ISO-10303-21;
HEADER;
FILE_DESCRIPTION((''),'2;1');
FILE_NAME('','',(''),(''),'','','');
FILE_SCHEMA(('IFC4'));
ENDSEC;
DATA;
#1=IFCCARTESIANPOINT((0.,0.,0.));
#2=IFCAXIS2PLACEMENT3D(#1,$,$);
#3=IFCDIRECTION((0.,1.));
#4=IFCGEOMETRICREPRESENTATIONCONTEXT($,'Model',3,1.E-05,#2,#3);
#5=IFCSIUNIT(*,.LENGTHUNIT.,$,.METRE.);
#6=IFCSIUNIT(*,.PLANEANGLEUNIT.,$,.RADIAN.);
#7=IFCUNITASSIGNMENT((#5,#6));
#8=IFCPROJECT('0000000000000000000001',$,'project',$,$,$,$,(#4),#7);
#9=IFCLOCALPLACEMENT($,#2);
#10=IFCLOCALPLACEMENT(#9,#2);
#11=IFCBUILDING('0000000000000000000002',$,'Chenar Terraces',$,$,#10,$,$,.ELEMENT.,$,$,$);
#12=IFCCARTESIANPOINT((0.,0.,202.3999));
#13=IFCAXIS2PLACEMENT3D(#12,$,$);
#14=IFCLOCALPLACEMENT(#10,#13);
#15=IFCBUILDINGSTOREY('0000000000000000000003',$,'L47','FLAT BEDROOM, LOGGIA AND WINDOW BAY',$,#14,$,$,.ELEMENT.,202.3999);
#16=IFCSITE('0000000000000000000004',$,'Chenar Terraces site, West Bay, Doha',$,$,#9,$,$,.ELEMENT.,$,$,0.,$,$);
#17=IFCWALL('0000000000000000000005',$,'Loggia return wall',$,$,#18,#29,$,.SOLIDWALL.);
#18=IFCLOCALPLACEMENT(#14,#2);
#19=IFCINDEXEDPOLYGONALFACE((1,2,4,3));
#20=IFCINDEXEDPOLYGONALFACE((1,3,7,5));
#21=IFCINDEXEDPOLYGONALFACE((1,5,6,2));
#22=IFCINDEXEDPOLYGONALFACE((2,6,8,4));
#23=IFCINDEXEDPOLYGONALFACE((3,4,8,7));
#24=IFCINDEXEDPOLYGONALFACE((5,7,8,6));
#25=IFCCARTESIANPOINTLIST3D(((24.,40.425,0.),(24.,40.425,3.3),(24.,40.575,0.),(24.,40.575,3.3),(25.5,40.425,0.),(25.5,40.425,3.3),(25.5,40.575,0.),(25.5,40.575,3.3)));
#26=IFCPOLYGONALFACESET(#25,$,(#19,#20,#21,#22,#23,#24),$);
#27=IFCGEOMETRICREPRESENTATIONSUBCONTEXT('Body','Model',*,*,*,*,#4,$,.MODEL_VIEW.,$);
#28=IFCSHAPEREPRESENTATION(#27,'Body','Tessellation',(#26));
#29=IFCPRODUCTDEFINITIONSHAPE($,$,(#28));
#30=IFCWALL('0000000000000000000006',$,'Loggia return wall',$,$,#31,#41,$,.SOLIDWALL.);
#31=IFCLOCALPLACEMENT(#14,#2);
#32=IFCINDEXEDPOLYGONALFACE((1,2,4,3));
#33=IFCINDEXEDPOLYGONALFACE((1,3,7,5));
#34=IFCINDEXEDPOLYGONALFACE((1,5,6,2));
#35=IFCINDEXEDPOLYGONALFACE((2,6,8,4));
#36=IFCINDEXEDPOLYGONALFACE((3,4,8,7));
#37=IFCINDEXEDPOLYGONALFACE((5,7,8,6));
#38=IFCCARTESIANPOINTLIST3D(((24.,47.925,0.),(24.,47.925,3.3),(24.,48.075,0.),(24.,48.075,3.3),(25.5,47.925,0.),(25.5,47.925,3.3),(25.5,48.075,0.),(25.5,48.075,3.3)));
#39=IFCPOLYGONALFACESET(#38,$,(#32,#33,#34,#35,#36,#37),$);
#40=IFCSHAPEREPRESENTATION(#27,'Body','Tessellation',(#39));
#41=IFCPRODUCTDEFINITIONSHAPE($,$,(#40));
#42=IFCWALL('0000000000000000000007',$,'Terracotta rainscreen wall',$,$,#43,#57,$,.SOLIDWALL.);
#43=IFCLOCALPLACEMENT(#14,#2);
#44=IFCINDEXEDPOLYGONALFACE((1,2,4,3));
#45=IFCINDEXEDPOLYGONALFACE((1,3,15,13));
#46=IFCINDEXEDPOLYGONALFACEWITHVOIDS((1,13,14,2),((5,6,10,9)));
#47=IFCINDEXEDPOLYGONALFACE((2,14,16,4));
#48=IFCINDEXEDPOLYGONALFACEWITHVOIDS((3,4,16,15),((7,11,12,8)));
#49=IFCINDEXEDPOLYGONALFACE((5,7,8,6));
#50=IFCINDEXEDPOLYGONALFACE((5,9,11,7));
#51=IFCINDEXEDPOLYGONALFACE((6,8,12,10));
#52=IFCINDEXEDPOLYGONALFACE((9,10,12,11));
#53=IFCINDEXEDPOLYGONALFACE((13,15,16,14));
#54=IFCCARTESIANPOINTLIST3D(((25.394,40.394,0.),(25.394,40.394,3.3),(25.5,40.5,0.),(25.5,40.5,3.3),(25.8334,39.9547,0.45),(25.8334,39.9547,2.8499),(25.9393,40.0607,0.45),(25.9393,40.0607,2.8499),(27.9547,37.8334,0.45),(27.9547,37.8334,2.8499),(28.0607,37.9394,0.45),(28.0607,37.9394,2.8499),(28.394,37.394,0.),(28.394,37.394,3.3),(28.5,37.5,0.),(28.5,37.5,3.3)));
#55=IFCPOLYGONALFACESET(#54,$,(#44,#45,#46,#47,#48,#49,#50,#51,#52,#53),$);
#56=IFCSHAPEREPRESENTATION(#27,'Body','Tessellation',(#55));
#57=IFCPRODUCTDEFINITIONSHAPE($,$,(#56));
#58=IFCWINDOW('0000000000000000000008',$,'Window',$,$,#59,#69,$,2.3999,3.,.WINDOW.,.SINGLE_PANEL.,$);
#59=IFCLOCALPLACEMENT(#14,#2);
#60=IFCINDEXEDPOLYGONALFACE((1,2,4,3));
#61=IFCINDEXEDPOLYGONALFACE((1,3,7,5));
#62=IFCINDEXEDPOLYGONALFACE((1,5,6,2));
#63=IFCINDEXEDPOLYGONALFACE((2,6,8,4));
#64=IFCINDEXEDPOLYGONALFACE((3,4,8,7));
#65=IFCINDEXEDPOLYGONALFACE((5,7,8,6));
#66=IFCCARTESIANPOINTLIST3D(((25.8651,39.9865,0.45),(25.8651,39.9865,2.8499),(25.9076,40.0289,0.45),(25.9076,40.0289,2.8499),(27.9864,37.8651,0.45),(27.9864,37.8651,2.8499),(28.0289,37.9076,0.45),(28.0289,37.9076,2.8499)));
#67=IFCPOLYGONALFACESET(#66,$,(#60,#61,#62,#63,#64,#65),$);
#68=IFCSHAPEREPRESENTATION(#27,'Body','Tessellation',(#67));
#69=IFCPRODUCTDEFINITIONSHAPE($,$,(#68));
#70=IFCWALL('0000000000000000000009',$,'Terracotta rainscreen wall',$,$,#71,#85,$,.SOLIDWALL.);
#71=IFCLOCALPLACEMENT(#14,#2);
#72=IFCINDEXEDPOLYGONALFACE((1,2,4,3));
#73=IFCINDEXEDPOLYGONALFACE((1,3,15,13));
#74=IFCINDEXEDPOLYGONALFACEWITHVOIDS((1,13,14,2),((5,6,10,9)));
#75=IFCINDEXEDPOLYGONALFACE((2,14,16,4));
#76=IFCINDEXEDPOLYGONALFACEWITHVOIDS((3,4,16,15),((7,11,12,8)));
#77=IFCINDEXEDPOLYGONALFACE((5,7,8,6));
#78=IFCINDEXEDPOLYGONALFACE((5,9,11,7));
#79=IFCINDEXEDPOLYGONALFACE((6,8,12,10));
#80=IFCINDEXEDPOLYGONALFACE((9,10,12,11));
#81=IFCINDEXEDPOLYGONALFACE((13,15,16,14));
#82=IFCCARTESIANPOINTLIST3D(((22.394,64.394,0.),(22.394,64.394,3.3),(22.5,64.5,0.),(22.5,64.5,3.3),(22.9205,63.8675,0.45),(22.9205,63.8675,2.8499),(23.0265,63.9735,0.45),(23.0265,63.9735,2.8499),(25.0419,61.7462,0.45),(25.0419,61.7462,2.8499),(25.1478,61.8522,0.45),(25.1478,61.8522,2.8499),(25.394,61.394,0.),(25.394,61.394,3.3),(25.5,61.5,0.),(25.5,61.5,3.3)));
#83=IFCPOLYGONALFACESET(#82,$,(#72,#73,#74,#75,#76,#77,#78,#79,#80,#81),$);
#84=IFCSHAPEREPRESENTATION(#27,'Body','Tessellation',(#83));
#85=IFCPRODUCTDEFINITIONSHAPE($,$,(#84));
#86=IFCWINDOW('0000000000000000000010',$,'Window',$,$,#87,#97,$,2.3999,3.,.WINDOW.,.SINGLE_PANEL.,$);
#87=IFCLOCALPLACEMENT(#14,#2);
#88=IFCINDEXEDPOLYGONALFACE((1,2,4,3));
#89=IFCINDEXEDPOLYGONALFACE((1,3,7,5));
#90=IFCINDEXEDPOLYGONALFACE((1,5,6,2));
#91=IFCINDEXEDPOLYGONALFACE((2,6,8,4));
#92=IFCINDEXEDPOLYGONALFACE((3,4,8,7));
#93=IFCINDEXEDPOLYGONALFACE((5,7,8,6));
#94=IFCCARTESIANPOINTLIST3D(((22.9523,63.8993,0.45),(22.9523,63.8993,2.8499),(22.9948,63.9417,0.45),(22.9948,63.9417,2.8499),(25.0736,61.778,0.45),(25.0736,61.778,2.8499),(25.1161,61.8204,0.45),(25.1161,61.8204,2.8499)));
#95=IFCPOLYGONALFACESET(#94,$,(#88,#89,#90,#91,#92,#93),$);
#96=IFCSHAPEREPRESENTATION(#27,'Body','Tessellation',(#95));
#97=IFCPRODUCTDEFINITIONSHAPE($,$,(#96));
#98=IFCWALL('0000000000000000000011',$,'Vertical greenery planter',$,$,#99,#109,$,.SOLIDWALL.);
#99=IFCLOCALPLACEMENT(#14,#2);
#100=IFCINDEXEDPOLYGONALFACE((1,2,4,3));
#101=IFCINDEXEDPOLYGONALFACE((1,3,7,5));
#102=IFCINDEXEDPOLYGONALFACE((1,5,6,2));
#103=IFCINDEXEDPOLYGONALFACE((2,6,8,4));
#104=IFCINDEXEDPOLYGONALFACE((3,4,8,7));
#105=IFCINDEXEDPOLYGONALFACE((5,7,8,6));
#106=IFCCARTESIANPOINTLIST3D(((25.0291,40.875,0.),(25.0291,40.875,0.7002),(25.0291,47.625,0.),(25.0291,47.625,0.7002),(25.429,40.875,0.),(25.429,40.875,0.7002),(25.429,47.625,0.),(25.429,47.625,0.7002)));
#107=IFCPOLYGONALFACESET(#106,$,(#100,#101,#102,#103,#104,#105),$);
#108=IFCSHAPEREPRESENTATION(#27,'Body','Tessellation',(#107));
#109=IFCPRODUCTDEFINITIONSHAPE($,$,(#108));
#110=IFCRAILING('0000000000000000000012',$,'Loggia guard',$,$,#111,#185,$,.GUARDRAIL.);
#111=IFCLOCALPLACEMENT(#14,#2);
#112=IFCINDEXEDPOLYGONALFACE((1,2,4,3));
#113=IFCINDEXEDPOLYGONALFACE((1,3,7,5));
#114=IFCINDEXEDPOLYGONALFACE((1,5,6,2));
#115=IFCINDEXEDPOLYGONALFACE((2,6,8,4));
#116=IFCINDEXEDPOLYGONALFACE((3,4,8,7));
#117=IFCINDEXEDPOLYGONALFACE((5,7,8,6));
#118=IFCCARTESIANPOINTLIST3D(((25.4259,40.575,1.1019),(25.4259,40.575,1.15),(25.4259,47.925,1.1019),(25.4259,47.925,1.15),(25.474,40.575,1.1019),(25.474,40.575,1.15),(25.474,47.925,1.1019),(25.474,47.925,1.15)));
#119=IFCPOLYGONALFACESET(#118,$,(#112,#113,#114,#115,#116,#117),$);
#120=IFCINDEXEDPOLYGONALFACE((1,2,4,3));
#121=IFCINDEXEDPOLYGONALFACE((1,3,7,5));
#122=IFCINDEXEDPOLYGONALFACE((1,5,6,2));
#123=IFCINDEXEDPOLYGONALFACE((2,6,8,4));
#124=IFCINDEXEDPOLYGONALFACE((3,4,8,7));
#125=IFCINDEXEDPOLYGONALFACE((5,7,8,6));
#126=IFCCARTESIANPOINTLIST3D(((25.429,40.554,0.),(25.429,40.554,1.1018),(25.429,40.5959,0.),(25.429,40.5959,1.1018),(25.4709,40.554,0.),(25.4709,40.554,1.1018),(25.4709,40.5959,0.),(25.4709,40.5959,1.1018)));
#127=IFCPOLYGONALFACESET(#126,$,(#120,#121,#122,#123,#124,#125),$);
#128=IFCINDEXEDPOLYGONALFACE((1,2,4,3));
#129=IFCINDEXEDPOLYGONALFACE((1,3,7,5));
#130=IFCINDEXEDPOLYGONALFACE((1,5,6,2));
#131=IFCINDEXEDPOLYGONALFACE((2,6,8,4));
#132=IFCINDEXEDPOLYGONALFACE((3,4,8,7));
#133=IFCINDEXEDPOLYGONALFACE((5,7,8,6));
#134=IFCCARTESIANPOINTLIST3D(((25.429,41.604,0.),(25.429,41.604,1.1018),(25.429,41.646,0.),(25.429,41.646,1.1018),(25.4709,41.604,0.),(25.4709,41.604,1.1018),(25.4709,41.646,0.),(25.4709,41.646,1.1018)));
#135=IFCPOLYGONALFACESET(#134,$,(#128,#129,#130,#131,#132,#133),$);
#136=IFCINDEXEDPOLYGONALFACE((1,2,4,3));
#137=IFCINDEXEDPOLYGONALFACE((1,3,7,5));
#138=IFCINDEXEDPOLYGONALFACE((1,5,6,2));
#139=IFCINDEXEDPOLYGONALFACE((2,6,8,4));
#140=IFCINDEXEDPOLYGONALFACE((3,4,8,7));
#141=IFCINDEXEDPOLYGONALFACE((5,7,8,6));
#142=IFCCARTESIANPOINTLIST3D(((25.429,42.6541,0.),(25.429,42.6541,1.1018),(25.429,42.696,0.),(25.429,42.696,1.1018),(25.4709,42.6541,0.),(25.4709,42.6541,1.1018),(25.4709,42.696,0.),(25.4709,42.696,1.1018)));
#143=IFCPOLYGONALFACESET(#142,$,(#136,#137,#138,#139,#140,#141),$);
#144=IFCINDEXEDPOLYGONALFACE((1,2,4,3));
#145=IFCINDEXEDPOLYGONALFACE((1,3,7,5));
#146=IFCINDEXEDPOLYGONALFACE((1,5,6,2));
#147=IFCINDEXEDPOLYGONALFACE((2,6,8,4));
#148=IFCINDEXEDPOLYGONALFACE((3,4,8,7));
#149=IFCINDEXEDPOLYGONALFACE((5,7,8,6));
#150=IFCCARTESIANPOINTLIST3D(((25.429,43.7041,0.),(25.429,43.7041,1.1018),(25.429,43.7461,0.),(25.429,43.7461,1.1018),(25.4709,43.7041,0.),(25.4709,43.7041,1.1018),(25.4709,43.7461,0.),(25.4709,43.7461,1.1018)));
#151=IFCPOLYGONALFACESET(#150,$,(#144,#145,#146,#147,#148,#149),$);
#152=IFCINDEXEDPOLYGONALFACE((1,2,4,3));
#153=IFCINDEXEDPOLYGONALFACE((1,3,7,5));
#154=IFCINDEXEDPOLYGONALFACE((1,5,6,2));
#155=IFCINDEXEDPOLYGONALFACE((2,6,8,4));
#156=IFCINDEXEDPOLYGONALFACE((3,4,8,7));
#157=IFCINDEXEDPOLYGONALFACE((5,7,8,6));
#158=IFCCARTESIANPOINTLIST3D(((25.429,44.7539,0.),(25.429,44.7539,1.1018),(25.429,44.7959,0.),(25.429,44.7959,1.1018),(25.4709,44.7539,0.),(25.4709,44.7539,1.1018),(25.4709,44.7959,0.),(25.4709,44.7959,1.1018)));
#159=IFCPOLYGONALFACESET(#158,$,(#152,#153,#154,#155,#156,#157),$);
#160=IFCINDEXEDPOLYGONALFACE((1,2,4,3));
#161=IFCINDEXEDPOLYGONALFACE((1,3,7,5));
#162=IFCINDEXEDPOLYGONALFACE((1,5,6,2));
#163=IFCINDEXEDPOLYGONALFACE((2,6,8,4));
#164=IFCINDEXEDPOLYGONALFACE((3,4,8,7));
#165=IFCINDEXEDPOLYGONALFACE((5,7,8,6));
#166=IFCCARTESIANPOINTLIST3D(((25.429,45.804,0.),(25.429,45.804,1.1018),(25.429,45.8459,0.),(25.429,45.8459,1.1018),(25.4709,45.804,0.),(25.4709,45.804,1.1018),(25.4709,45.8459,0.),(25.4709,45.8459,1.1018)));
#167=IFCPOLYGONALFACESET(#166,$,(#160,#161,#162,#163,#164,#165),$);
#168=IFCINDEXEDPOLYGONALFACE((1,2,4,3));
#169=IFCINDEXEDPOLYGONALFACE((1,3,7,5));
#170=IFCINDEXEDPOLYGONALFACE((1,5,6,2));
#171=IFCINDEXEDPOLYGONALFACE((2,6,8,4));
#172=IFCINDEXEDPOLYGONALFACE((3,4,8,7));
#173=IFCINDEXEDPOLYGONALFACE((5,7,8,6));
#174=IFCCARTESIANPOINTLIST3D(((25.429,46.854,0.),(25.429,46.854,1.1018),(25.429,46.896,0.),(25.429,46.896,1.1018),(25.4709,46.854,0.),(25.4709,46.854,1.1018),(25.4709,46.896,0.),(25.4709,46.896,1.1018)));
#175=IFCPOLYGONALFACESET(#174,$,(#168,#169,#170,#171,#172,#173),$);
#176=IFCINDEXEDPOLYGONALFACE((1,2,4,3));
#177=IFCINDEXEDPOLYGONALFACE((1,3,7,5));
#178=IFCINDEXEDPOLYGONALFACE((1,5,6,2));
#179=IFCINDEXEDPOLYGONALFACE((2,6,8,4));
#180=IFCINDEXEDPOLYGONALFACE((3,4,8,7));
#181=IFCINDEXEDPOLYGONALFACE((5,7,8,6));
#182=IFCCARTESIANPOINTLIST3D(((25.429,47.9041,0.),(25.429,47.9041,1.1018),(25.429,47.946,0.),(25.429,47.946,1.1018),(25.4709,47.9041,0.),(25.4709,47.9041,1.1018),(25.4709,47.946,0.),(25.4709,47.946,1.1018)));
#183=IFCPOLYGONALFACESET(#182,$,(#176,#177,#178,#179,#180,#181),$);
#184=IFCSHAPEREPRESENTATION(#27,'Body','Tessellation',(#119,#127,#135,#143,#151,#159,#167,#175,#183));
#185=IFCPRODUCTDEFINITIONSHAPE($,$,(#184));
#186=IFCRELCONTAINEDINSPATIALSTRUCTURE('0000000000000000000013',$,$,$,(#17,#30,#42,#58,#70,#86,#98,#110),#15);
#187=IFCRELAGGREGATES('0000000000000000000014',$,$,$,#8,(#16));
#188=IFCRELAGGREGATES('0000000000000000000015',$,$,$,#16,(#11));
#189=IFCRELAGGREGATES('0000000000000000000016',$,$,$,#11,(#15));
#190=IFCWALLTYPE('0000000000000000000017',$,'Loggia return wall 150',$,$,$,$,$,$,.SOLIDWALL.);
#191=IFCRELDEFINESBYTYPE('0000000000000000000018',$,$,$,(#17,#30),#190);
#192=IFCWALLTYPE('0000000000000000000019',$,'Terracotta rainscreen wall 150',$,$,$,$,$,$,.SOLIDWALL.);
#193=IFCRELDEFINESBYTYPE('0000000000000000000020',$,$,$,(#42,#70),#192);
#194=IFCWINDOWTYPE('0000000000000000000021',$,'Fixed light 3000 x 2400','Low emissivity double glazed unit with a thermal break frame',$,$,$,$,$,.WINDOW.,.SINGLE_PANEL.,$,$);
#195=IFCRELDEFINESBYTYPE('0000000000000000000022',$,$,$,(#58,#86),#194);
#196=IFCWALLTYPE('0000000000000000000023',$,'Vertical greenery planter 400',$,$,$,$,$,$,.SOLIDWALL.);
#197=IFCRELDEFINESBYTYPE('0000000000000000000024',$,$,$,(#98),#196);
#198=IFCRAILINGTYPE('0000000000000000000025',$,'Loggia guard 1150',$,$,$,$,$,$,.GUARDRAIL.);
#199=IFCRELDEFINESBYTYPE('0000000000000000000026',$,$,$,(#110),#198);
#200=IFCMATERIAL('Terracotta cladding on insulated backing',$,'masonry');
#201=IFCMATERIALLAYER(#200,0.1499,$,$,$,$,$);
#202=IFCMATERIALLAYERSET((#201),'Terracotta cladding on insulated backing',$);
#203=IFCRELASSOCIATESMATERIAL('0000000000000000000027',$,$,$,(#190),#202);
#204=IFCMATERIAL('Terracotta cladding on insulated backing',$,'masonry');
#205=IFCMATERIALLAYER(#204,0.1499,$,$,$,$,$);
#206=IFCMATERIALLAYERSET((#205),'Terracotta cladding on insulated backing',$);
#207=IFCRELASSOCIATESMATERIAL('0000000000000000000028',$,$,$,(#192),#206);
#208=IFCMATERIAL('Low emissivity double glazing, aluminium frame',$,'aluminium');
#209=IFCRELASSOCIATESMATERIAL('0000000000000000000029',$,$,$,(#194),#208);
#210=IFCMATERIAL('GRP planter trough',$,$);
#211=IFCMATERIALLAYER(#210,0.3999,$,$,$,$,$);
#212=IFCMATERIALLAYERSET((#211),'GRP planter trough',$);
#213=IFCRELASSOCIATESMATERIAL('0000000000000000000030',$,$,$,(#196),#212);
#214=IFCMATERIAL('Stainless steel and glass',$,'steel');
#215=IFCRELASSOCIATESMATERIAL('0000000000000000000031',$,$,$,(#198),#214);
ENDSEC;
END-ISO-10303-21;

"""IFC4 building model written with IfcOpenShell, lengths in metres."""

from ifc_helpers import new_model, si_unit, direction, frame, frame_2d, origin, origin_2d, place, context, subcontext, project, spatial, rectangle, extrude, material, layer, layer_set, type_object, element, fill, save


model = new_model("IFC4")

# Units and contexts
model_context = context("Model", 3, precision=1e-05, world=origin(), true_north=direction((0.0, 1.0)))
body_context = subcontext(model_context, "Body", "Model", "MODEL_VIEW")
ifc_project = project(units=[si_unit("LENGTHUNIT", "METRE"), si_unit("PLANEANGLEUNIT", "RADIAN")], contexts=[model_context])

# Site, building, storey
site_placement = place(None, origin())
site = spatial("IfcSite", under=ifc_project, at=site_placement, Name="Chenar Terraces site, West Bay, Doha", CompositionType="ELEMENT", RefElevation=0.0)
building_placement = place(site_placement, origin())
building = spatial("IfcBuilding", under=site, at=building_placement, Name="Chenar Terraces", CompositionType="ELEMENT")
storey_placement = place(building_placement, frame((0.0, 0.0, 202.3999)))
storey = spatial("IfcBuildingStorey", under=building, at=storey_placement, Name="L47", Description="FLAT BEDROOM, LOGGIA AND WINDOW BAY", CompositionType="ELEMENT", Elevation=202.3999)

# Walls
ifc_material_1 = material(Name="Terracotta cladding on insulated backing", Category="masonry")
ifc_layer_1 = layer(ifc_material_1, 0.1499)
ifc_layer_set_1 = layer_set([ifc_layer_1], Name="Terracotta cladding on insulated backing")
wall_type_1 = type_object("IfcWallType", Name="Loggia return wall 150", PredefinedType="SOLIDWALL", material=ifc_layer_set_1)
for number, where, z_axis, x_axis, name in (
    (1, (25.5, 40.5, 0.0), (0.0, 0.0, 1.0), (-1.0, 0.0, 0.0), "Loggia return wall"),
    (2, (25.5, 48.0, 0.0), (0.0, 0.0, 1.0), (-1.0, 0.0, 0.0), "Loggia return wall"),
):
    element("IfcWall", number, at=place(storey_placement, frame(where, z_axis=z_axis, x_axis=x_axis)), inside=storey, type_object=wall_type_1, Name=name, PredefinedType="SOLIDWALL", context=body_context, shape_type="SweptSolid", body=[
        extrude(rectangle(XDim=1.5, YDim=0.1499, at=frame_2d((0.75, 0.0))), origin(), (0.0, 0.0, 1.0), 3.3),
    ])

# Walls, openings, windows
ifc_material_2 = material(Name="Terracotta cladding on insulated backing", Category="masonry")
ifc_layer_2 = layer(ifc_material_2, 0.1499)
ifc_layer_set_2 = layer_set([ifc_layer_2], Name="Terracotta cladding on insulated backing")
wall_type_2 = type_object("IfcWallType", Name="Terracotta rainscreen wall 150", PredefinedType="SOLIDWALL", material=ifc_layer_set_2)
wall_1_placement = place(storey_placement, frame((28.447, 37.447, 0.0), z_axis=(0.0, 0.0, 1.0), x_axis=(-0.707107, 0.707107, 0.0)))
wall_1 = element("IfcWall", 3, at=wall_1_placement, inside=storey, type_object=wall_type_2, Name="Terracotta rainscreen wall", PredefinedType="SOLIDWALL", context=body_context, shape_type="SweptSolid", body=[
    extrude(rectangle(XDim=4.2427, YDim=0.1499, at=frame_2d((2.1213, 0.0))), origin(), (0.0, 0.0, 1.0), 3.3),
])
opening_1_placement = place(wall_1_placement, frame((0.6213, 0.0, 0.45)))
opening_1 = element("IfcOpeningElement", 4, at=opening_1_placement, cuts=wall_1, PredefinedType="OPENING", context=body_context, shape_type="SweptSolid", body=[
    extrude(rectangle(XDim=3.0, YDim=2.3999, at=frame_2d((1.5, 1.2))), frame((0.0, 0.085, 0.0), z_axis=(0.0, -1.0, 0.0), x_axis=(1.0, 0.0, 0.0)), (0.0, 0.0, 1.0), 0.1699),
])
ifc_material_3 = material(Name="Low emissivity double glazing, aluminium frame", Category="aluminium")
window_type_1 = type_object("IfcWindowType", Name="Fixed light 3000 x 2400", Description="Low emissivity double glazed unit with a thermal break frame", PartitioningType="SINGLE_PANEL", PredefinedType="WINDOW", material=ifc_material_3)
window_1_placement = place(opening_1_placement, origin())
window_1 = element("IfcWindow", 5, at=window_1_placement, inside=storey, type_object=window_type_1, Name="Window", OverallHeight=2.3999, OverallWidth=3.0, PartitioningType="SINGLE_PANEL", PredefinedType="WINDOW", context=body_context, shape_type="SweptSolid", body=[
    extrude(rectangle(XDim=3.0, YDim=2.3999, at=frame_2d((1.5, 1.2))), frame((0.0, 0.03, 0.0), z_axis=(0.0, -1.0, 0.0), x_axis=(1.0, 0.0, 0.0)), (0.0, 0.0, 1.0), 0.0601),
])
fill(opening_1, window_1)
wall_2_placement = place(storey_placement, frame((25.447, 61.447, 0.0), z_axis=(0.0, 0.0, 1.0), x_axis=(-0.707107, 0.707107, 0.0)))
wall_2 = element("IfcWall", 6, at=wall_2_placement, inside=storey, type_object=wall_type_2, Name="Terracotta rainscreen wall", PredefinedType="SOLIDWALL", context=body_context, shape_type="SweptSolid", body=[
    extrude(rectangle(XDim=4.2427, YDim=0.1499, at=frame_2d((2.1213, 0.0))), origin(), (0.0, 0.0, 1.0), 3.3),
])
opening_2_placement = place(wall_2_placement, frame((0.498, 0.0, 0.45)))
opening_2 = element("IfcOpeningElement", 7, at=opening_2_placement, cuts=wall_2, PredefinedType="OPENING", context=body_context, shape_type="SweptSolid", body=[
    extrude(rectangle(XDim=3.0, YDim=2.3999, at=frame_2d((1.5, 1.2))), frame((0.0, 0.085, 0.0), z_axis=(0.0, -1.0, 0.0), x_axis=(1.0, 0.0, 0.0)), (0.0, 0.0, 1.0), 0.1699),
])
window_2_placement = place(opening_2_placement, origin())
window_2 = element("IfcWindow", 8, at=window_2_placement, inside=storey, type_object=window_type_1, Name="Window", OverallHeight=2.3999, OverallWidth=3.0, PartitioningType="SINGLE_PANEL", PredefinedType="WINDOW", context=body_context, shape_type="SweptSolid", body=[
    extrude(rectangle(XDim=3.0, YDim=2.3999, at=frame_2d((1.5, 1.2))), frame((0.0, 0.03, 0.0), z_axis=(0.0, -1.0, 0.0), x_axis=(1.0, 0.0, 0.0)), (0.0, 0.0, 1.0), 0.0601),
])
fill(opening_2, window_2)

# Wall
ifc_material_4 = material(Name="GRP planter trough")
ifc_layer_3 = layer(ifc_material_4, 0.3999)
ifc_layer_set_3 = layer_set([ifc_layer_3], Name="GRP planter trough")
wall_type_3 = type_object("IfcWallType", Name="Vertical greenery planter 400", PredefinedType="SOLIDWALL", material=ifc_layer_set_3)
wall_3_placement = place(storey_placement, frame((25.229, 40.875, 0.0), z_axis=(0.0, 0.0, 1.0), x_axis=(0.0, 1.0, 0.0)))
element("IfcWall", 9, at=wall_3_placement, inside=storey, type_object=wall_type_3, Name="Vertical greenery planter", PredefinedType="SOLIDWALL", context=body_context, shape_type="SweptSolid", body=[
    extrude(rectangle(XDim=6.75, YDim=0.3999, at=frame_2d((3.375, 0.0))), origin(), (0.0, 0.0, 1.0), 0.7002),
])

# Railing
ifc_material_5 = material(Name="Stainless steel and glass", Category="steel")
railing_type = type_object("IfcRailingType", Name="Loggia guard 1150", PredefinedType="GUARDRAIL", material=ifc_material_5)
railing_placement = place(storey_placement, frame((25.45, 40.575, 0.0)))
element("IfcRailing", 10, at=railing_placement, inside=storey, type_object=railing_type, Name="Loggia guard", PredefinedType="GUARDRAIL", context=body_context, shape_type="SweptSolid", body=[
    extrude(rectangle(XDim=0.0481, YDim=0.0481, at=origin_2d()), frame((0.0, 0.0, 1.126), z_axis=(0.0, 1.0, 0.0), x_axis=(-1.0, 0.0, 0.0)), (0.0, 0.0, 1.0), 7.3501),
    extrude(rectangle(XDim=0.042, YDim=0.042, at=origin_2d()), origin(), (0.0, 0.0, 1.0), 1.1018),
    extrude(rectangle(XDim=0.042, YDim=0.042, at=origin_2d()), frame((0.0, 1.05, 0.0)), (0.0, 0.0, 1.0), 1.1018),
    extrude(rectangle(XDim=0.042, YDim=0.042, at=origin_2d()), frame((0.0, 2.1001, 0.0)), (0.0, 0.0, 1.0), 1.1018),
    extrude(rectangle(XDim=0.042, YDim=0.042, at=origin_2d()), frame((0.0, 3.1501, 0.0)), (0.0, 0.0, 1.0), 1.1018),
    extrude(rectangle(XDim=0.042, YDim=0.042, at=origin_2d()), frame((0.0, 4.2, 0.0)), (0.0, 0.0, 1.0), 1.1018),
    extrude(rectangle(XDim=0.042, YDim=0.042, at=origin_2d()), frame((0.0, 5.25, 0.0)), (0.0, 0.0, 1.0), 1.1018),
    extrude(rectangle(XDim=0.042, YDim=0.042, at=origin_2d()), frame((0.0, 6.3, 0.0)), (0.0, 0.0, 1.0), 1.1018),
    extrude(rectangle(XDim=0.042, YDim=0.042, at=origin_2d()), frame((0.0, 7.3501, 0.0)), (0.0, 0.0, 1.0), 1.1018),
])

save(model, "model.ifc")
